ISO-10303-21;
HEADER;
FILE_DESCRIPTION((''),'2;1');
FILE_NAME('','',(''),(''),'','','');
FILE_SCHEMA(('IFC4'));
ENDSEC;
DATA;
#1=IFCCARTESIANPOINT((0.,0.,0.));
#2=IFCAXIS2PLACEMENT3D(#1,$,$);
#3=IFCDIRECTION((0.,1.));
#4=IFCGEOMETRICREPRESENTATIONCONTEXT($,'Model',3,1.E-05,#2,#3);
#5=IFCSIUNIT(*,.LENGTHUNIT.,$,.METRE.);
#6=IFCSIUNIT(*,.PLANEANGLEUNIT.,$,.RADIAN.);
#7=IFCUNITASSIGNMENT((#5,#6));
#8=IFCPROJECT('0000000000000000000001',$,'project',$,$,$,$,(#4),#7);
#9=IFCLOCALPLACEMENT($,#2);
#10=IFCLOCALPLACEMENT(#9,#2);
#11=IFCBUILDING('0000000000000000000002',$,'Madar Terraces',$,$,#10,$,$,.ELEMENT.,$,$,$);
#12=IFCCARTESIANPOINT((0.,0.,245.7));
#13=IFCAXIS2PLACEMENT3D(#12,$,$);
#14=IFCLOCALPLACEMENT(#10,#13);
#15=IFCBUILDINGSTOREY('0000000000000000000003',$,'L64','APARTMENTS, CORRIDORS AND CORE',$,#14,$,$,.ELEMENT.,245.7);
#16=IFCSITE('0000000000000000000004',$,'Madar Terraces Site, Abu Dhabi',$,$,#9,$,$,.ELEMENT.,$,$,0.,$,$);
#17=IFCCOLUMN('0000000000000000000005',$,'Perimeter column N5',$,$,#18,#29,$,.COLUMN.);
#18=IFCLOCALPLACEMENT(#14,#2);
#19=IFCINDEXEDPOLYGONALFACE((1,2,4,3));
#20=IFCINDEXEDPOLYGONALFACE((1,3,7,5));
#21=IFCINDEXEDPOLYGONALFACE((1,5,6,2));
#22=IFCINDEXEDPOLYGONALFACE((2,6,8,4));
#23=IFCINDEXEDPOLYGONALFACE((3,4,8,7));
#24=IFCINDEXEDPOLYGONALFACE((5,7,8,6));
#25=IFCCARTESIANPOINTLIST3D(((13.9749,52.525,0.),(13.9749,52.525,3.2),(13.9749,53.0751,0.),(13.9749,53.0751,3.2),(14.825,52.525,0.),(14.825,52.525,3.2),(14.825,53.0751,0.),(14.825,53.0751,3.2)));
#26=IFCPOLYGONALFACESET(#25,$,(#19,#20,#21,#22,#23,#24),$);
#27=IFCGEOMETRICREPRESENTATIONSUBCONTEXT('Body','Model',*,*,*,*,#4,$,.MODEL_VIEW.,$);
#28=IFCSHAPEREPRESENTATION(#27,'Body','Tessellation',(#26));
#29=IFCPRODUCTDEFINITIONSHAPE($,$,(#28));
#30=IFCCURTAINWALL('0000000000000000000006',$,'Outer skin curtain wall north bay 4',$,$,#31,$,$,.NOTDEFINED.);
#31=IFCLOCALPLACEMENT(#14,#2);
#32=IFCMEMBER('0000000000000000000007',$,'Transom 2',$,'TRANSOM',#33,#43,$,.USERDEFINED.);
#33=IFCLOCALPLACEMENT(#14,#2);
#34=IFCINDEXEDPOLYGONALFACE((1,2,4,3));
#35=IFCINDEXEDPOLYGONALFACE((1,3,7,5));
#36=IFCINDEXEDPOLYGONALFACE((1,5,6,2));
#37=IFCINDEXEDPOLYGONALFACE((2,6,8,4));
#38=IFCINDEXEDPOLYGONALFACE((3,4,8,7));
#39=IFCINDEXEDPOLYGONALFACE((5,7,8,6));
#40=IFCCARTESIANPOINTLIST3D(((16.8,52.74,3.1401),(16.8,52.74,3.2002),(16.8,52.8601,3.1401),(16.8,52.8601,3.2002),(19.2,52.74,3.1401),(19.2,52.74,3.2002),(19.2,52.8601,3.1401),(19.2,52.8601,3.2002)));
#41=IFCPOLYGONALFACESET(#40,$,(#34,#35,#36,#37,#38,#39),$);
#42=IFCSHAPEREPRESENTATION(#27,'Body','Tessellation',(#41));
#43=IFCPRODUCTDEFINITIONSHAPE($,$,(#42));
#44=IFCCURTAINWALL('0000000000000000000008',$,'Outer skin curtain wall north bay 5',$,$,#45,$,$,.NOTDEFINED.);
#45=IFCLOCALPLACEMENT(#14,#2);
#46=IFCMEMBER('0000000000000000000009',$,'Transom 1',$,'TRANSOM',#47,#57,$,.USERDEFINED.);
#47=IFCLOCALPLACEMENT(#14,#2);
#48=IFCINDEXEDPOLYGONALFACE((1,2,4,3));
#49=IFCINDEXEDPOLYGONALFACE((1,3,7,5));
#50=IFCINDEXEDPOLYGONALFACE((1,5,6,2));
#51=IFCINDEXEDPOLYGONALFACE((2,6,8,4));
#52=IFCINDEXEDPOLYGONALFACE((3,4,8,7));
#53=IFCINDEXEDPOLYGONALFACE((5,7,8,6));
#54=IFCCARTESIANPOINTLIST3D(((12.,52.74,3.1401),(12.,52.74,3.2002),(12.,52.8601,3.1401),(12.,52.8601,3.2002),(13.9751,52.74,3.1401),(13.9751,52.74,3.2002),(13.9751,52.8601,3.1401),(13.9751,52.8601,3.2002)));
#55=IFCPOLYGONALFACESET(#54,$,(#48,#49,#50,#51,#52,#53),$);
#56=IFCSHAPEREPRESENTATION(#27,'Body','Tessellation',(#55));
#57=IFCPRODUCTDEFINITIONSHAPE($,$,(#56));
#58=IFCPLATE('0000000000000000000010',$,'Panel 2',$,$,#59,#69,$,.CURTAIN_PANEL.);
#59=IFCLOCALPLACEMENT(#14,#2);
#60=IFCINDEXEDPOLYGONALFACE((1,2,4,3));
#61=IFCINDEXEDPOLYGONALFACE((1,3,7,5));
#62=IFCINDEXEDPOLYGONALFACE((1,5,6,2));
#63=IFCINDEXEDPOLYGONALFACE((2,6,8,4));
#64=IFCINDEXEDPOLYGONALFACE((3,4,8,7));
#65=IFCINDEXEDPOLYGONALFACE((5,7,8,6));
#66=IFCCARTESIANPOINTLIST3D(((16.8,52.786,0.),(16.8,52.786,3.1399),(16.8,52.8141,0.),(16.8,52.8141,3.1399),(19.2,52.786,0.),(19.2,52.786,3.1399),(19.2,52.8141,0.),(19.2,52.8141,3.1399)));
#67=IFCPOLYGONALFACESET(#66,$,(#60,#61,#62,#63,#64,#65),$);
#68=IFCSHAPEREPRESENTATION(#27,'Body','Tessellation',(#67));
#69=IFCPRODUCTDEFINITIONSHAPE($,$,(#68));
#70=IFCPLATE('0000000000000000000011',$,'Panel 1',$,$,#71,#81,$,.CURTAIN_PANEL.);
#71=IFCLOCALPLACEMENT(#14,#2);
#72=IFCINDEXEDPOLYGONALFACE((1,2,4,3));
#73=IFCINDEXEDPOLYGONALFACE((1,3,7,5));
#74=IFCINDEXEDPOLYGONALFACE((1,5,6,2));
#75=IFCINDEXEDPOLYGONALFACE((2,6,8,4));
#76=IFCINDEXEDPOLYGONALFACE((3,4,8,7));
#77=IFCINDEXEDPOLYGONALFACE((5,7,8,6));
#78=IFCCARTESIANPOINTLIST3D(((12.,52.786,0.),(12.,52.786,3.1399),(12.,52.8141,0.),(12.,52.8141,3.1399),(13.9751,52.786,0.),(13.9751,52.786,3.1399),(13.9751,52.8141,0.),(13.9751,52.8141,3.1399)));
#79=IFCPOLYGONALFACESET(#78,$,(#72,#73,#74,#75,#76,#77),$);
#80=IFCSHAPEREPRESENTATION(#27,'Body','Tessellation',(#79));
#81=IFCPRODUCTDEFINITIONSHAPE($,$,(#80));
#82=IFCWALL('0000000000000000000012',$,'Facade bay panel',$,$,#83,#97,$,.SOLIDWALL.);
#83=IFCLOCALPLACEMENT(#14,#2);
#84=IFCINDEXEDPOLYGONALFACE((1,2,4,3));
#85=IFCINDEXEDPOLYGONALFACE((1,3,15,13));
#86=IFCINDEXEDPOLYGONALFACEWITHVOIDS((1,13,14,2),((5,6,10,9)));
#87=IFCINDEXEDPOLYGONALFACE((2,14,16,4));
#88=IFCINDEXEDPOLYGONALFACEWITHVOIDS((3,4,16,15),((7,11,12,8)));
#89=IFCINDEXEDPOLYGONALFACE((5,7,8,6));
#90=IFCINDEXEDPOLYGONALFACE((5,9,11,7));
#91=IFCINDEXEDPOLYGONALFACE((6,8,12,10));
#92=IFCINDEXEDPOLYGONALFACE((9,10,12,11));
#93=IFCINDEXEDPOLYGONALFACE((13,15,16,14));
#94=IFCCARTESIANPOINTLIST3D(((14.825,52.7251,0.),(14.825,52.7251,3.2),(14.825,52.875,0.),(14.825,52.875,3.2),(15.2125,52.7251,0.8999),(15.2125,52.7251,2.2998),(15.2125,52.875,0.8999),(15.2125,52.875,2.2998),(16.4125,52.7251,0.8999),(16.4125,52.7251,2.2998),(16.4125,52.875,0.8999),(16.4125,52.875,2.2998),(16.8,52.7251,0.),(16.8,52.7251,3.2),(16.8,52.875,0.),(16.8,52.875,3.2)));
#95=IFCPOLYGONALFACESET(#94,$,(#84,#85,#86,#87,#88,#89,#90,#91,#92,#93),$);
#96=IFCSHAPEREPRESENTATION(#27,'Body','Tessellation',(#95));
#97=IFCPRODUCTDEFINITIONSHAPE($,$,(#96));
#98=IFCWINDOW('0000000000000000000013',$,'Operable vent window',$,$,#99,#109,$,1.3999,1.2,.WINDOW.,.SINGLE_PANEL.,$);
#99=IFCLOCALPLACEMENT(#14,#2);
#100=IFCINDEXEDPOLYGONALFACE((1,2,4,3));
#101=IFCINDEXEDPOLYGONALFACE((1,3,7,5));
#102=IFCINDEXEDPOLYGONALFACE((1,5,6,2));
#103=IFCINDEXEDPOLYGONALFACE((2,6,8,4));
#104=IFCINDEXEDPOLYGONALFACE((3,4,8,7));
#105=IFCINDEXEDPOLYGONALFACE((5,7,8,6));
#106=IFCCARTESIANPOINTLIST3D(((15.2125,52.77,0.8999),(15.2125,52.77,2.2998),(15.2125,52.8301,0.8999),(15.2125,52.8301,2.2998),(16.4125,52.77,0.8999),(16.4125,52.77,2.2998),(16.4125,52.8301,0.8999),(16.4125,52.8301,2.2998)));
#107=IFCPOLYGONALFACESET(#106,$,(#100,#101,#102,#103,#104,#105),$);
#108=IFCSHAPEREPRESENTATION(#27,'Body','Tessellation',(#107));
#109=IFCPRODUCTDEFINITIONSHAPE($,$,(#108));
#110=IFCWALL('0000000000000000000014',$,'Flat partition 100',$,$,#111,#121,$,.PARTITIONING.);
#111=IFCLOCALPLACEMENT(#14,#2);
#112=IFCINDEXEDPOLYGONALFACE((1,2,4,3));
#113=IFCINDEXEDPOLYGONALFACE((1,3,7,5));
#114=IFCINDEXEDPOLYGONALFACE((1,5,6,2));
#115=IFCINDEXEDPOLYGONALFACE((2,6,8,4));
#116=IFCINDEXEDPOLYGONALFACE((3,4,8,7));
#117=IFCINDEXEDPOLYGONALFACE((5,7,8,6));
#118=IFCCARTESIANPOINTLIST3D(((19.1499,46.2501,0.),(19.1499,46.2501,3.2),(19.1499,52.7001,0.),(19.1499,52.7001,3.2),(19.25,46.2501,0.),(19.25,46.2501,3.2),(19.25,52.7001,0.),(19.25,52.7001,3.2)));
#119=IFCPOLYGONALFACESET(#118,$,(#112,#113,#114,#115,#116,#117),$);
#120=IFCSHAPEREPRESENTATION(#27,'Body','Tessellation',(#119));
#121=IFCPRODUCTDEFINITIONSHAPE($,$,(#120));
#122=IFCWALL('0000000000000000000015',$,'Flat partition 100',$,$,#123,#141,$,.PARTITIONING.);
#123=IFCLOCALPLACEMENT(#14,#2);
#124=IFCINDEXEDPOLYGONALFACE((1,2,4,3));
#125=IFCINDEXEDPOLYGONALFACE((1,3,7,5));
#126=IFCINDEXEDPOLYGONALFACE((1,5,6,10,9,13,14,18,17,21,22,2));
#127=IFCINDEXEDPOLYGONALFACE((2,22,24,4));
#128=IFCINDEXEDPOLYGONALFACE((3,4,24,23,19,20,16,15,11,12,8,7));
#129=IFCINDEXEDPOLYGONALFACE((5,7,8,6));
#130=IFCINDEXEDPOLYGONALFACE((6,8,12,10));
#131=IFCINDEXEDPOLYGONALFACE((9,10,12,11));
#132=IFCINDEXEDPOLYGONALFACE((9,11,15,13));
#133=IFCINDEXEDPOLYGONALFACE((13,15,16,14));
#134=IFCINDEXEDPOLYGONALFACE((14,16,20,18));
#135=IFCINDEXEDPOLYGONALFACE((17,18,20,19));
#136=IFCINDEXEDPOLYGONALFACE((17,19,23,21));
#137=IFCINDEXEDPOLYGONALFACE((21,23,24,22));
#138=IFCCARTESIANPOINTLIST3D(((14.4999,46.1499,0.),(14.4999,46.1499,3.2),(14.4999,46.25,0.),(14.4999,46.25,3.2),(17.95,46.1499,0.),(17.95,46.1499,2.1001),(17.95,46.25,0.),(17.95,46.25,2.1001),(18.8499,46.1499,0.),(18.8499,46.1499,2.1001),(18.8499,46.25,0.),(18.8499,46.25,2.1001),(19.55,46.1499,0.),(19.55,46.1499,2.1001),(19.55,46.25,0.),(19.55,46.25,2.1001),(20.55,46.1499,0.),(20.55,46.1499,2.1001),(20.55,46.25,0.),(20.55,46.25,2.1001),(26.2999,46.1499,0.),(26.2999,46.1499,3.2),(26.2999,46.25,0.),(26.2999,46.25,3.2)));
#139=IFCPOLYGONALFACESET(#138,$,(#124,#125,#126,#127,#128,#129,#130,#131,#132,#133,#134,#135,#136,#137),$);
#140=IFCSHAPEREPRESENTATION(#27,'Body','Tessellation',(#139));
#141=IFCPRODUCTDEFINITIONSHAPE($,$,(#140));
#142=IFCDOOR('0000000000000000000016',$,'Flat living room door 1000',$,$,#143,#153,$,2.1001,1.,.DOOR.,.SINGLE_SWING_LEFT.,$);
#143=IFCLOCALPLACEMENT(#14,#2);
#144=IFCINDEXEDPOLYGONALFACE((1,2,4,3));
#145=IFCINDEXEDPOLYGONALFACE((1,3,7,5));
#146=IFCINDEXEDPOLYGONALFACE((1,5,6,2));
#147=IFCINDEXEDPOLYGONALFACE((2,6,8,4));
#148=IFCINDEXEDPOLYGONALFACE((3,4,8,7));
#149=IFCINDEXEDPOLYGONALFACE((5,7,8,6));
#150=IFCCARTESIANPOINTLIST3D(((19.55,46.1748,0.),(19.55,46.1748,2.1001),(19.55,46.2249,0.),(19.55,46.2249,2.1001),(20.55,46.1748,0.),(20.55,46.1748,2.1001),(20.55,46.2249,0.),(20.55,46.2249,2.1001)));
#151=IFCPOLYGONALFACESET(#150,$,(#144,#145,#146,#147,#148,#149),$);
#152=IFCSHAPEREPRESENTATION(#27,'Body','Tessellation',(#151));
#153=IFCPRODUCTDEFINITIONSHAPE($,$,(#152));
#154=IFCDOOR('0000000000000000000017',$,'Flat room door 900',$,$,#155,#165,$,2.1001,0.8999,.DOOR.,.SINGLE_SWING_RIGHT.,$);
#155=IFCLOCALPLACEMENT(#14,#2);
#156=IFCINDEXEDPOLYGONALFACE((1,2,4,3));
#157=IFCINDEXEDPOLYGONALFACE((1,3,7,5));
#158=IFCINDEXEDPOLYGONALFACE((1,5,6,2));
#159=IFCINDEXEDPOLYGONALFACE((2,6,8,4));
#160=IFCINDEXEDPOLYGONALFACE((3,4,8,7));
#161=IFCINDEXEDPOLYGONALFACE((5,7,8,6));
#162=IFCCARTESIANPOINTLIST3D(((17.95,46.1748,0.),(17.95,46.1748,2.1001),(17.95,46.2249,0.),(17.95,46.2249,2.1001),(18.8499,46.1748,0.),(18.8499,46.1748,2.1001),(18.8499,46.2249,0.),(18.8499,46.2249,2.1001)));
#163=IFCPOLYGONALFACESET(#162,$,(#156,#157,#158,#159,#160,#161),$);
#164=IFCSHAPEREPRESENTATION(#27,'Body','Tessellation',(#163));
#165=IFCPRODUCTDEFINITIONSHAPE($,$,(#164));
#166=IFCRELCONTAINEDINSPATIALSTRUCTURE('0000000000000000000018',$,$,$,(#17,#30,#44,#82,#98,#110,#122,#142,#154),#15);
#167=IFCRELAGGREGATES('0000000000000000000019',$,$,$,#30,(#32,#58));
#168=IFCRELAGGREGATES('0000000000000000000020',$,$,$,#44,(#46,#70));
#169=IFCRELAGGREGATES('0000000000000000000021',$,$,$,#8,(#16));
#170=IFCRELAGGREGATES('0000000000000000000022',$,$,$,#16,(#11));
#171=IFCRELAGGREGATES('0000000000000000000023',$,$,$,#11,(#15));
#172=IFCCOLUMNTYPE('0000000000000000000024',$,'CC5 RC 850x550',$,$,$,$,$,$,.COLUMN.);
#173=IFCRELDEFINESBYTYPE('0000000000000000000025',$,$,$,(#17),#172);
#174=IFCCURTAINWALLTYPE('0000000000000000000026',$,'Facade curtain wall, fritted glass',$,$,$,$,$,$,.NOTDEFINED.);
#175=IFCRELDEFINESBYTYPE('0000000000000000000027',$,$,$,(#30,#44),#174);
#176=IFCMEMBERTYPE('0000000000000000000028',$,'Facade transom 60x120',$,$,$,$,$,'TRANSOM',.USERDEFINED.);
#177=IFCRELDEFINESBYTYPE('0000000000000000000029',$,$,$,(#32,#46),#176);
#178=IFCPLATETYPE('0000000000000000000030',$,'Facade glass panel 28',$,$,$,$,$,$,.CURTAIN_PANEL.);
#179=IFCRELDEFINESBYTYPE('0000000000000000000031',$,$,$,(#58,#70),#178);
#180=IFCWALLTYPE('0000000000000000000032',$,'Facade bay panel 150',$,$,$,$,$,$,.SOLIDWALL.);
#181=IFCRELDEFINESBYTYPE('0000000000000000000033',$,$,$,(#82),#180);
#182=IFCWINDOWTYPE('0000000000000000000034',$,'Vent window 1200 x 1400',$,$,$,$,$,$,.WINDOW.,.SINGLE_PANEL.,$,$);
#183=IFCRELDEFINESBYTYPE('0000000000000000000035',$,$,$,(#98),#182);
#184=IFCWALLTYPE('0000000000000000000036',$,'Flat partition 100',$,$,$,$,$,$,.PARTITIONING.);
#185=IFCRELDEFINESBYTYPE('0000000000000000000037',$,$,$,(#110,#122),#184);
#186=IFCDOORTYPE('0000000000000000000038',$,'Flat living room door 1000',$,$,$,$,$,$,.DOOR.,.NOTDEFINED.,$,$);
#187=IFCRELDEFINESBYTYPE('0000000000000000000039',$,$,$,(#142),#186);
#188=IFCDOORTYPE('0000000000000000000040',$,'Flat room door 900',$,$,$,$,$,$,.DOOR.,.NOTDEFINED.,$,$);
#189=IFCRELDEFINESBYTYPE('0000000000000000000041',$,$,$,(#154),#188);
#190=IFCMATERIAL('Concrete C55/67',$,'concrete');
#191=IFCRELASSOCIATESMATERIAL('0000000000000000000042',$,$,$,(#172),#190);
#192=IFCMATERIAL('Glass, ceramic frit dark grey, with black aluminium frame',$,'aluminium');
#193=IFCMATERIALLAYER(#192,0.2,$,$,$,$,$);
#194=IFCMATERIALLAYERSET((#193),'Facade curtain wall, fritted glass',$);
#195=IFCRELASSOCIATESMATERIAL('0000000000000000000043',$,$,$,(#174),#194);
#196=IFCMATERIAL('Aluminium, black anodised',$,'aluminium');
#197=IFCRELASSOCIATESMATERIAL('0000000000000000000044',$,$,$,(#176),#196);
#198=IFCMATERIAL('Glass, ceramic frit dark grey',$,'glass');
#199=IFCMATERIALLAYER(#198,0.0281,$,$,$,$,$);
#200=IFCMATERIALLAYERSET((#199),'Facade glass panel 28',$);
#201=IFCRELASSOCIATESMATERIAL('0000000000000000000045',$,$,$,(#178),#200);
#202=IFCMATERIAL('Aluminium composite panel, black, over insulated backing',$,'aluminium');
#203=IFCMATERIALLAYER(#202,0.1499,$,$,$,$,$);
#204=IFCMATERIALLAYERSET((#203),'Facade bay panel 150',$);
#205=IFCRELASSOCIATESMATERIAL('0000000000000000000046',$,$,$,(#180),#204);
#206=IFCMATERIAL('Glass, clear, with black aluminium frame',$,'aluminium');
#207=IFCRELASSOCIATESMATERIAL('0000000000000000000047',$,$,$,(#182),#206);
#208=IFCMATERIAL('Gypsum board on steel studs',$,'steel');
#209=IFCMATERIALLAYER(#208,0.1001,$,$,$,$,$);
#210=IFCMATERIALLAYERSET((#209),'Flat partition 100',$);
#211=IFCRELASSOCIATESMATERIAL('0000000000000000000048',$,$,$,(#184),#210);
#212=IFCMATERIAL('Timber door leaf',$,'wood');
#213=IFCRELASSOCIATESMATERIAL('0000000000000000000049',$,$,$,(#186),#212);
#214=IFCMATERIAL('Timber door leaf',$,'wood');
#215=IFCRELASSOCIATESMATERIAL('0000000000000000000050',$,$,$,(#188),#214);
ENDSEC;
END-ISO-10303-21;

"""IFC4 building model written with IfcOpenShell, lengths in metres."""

from ifc_helpers import new_model, si_unit, direction, frame, frame_2d, origin, origin_2d, place, context, subcontext, project, spatial, rectangle, extrude, material, layer, layer_set, material_profile, profile_set, type_object, element, fill, aggregate, save


model = new_model("IFC4")

# Units and contexts
model_context = context("Model", 3, precision=1e-05, world=origin(), true_north=direction((0.0, 1.0)))
body_context = subcontext(model_context, "Body", "Model", "MODEL_VIEW")
ifc_project = project(units=[si_unit("LENGTHUNIT", "METRE"), si_unit("PLANEANGLEUNIT", "RADIAN")], contexts=[model_context])

# Site, building, storey
site_placement = place(None, origin())
site = spatial("IfcSite", under=ifc_project, at=site_placement, Name="Madar Terraces Site, Abu Dhabi", CompositionType="ELEMENT", RefElevation=0.0)
building_placement = place(site_placement, origin())
building = spatial("IfcBuilding", under=site, at=building_placement, Name="Madar Terraces", CompositionType="ELEMENT")
storey_placement = place(building_placement, frame((0.0, 0.0, 245.7)))
storey = spatial("IfcBuildingStorey", under=building, at=storey_placement, Name="L64", Description="APARTMENTS, CORRIDORS AND CORE", CompositionType="ELEMENT", Elevation=245.7)

# Column
ifc_material_1 = material(Name="Concrete C55/67", Category="concrete")
ifc_material_profile_1 = material_profile(ifc_material_1, rectangle(XDim=0.8501, YDim=0.55, at=origin_2d()), Name="CC5 RC 850x550")
ifc_profile_set_1 = profile_set([ifc_material_profile_1], Name="Concrete C55/67")
column_type = type_object("IfcColumnType", Name="CC5 RC 850x550", PredefinedType="COLUMN", material=ifc_profile_set_1)
column_placement = place(storey_placement, frame((14.3999, 52.8, 0.0), z_axis=(0.0, 0.0, 1.0), x_axis=(1.0, 0.0, 0.0)))
element("IfcColumn", 1, at=column_placement, inside=storey, type_object=column_type, Name="Perimeter column N5", PredefinedType="COLUMN", context=body_context, shape_type="SweptSolid", body=[
    extrude(rectangle(XDim=0.8501, YDim=0.55, at=origin_2d()), origin(), (0.0, 0.0, 1.0), 3.2),
])

# Curtain walls, members
ifc_material_2 = material(Name="Glass, ceramic frit dark grey, with black aluminium frame", Category="aluminium")
ifc_layer_1 = layer(ifc_material_2, 0.2)
ifc_layer_set_1 = layer_set([ifc_layer_1], Name="Facade curtain wall, fritted glass")
curtain_wall_type = type_object("IfcCurtainWallType", Name="Facade curtain wall, fritted glass", PredefinedType="NOTDEFINED", material=ifc_layer_set_1)
curtain_wall_1_placement = place(storey_placement, origin())
curtain_wall_1 = element("IfcCurtainWall", 2, at=curtain_wall_1_placement, inside=storey, type_object=curtain_wall_type, Name="Outer skin curtain wall north bay 4", PredefinedType="NOTDEFINED")
ifc_material_3 = material(Name="Aluminium, black anodised", Category="aluminium")
ifc_material_profile_2 = material_profile(ifc_material_3, rectangle(XDim=0.1201, YDim=0.0601, at=origin_2d()), Name="Facade transom 60x120")
ifc_profile_set_2 = profile_set([ifc_material_profile_2], Name="Aluminium, black anodised")
member_type = type_object("IfcMemberType", Name="Facade transom 60x120", ElementType="TRANSOM", PredefinedType="USERDEFINED", material=ifc_profile_set_2)
member_1_placement = place(storey_placement, frame((19.2, 52.8, 3.1702), z_axis=(-1.0, 0.0, 0.0), x_axis=(0.0, -1.0, 0.0)))
member_1 = element("IfcMember", 3, at=member_1_placement, type_object=member_type, Name="Transom 2", ObjectType="TRANSOM", PredefinedType="USERDEFINED", context=body_context, shape_type="SweptSolid", body=[
    extrude(rectangle(XDim=0.1201, YDim=0.0601, at=origin_2d()), origin(), (0.0, 0.0, 1.0), 2.3999),
])
curtain_wall_2_placement = place(storey_placement, origin())
curtain_wall_2 = element("IfcCurtainWall", 4, at=curtain_wall_2_placement, inside=storey, type_object=curtain_wall_type, Name="Outer skin curtain wall north bay 5", PredefinedType="NOTDEFINED")
member_2_placement = place(storey_placement, frame((13.9751, 52.8, 3.1702), z_axis=(-1.0, 0.0, 0.0), x_axis=(0.0, -1.0, 0.0)))
member_2 = element("IfcMember", 5, at=member_2_placement, type_object=member_type, Name="Transom 1", ObjectType="TRANSOM", PredefinedType="USERDEFINED", context=body_context, shape_type="SweptSolid", body=[
    extrude(rectangle(XDim=0.1201, YDim=0.0601, at=origin_2d()), origin(), (0.0, 0.0, 1.0), 1.9751),
])

# Plates
ifc_material_4 = material(Name="Glass, ceramic frit dark grey", Category="glass")
ifc_layer_2 = layer(ifc_material_4, 0.0281)
ifc_layer_set_2 = layer_set([ifc_layer_2], Name="Facade glass panel 28")
plate_type = type_object("IfcPlateType", Name="Facade glass panel 28", PredefinedType="CURTAIN_PANEL", material=ifc_layer_set_2)
plate_1_placement = place(storey_placement, frame((18.0, 52.8, 0.0), z_axis=(0.0, 0.0, 1.0), x_axis=(-1.0, 0.0, 0.0)))
plate_1 = element("IfcPlate", 6, at=plate_1_placement, type_object=plate_type, Name="Panel 2", PredefinedType="CURTAIN_PANEL", context=body_context, shape_type="SweptSolid", body=[
    extrude(rectangle(XDim=2.3999, YDim=0.0281, at=origin_2d()), origin(), (0.0, 0.0, 1.0), 3.1399),
])
aggregate(curtain_wall_1, [member_1, plate_1])
plate_2_placement = place(storey_placement, frame((12.9875, 52.8, 0.0), z_axis=(0.0, 0.0, 1.0), x_axis=(-1.0, 0.0, 0.0)))
plate_2 = element("IfcPlate", 7, at=plate_2_placement, type_object=plate_type, Name="Panel 1", PredefinedType="CURTAIN_PANEL", context=body_context, shape_type="SweptSolid", body=[
    extrude(rectangle(XDim=1.9751, YDim=0.0281, at=origin_2d()), origin(), (0.0, 0.0, 1.0), 3.1399),
])
aggregate(curtain_wall_2, [member_2, plate_2])

# Wall, opening, window
ifc_material_5 = material(Name="Aluminium composite panel, black, over insulated backing", Category="aluminium")
ifc_layer_3 = layer(ifc_material_5, 0.1499)
ifc_layer_set_3 = layer_set([ifc_layer_3], Name="Facade bay panel 150")
wall_type_1 = type_object("IfcWallType", Name="Facade bay panel 150", PredefinedType="SOLIDWALL", material=ifc_layer_set_3)
wall_1_placement = place(storey_placement, frame((16.8, 52.8, 0.0), z_axis=(0.0, 0.0, 1.0), x_axis=(-1.0, 0.0, 0.0)))
wall_1 = element("IfcWall", 8, at=wall_1_placement, inside=storey, type_object=wall_type_1, Name="Facade bay panel", PredefinedType="SOLIDWALL", context=body_context, shape_type="SweptSolid", body=[
    extrude(rectangle(XDim=1.9751, YDim=0.1499, at=frame_2d((0.9875, 0.0))), origin(), (0.0, 0.0, 1.0), 3.2),
])
opening_1_placement = place(wall_1_placement, frame((0.3875, 0.0, 0.8999)))
opening_1 = element("IfcOpeningElement", 9, at=opening_1_placement, cuts=wall_1, PredefinedType="OPENING", context=body_context, shape_type="SweptSolid", body=[
    extrude(rectangle(XDim=1.2, YDim=1.3999, at=frame_2d((0.6001, 0.7))), frame((0.0, 0.085, 0.0), z_axis=(0.0, -1.0, 0.0), x_axis=(1.0, 0.0, 0.0)), (0.0, 0.0, 1.0), 0.1699),
])
ifc_material_6 = material(Name="Glass, clear, with black aluminium frame", Category="aluminium")
window_type = type_object("IfcWindowType", Name="Vent window 1200 x 1400", PartitioningType="SINGLE_PANEL", PredefinedType="WINDOW", material=ifc_material_6)
window_placement = place(opening_1_placement, origin())
window = element("IfcWindow", 10, at=window_placement, inside=storey, type_object=window_type, Name="Operable vent window", OverallHeight=1.3999, OverallWidth=1.2, PartitioningType="SINGLE_PANEL", PredefinedType="WINDOW", context=body_context, shape_type="SweptSolid", body=[
    extrude(rectangle(XDim=1.2, YDim=1.3999, at=frame_2d((0.6001, 0.7))), frame((0.0, 0.03, 0.0), z_axis=(0.0, -1.0, 0.0), x_axis=(1.0, 0.0, 0.0)), (0.0, 0.0, 1.0), 0.0601),
])
fill(opening_1, window)

# Wall
ifc_material_7 = material(Name="Gypsum board on steel studs", Category="steel")
ifc_layer_4 = layer(ifc_material_7, 0.1001)
ifc_layer_set_4 = layer_set([ifc_layer_4], Name="Flat partition 100")
wall_type_2 = type_object("IfcWallType", Name="Flat partition 100", PredefinedType="PARTITIONING", material=ifc_layer_set_4)
wall_2_placement = place(storey_placement, frame((19.2, 46.25, 0.0), z_axis=(0.0, 0.0, 1.0), x_axis=(0.0, 1.0, 0.0)))
element("IfcWall", 11, at=wall_2_placement, inside=storey, type_object=wall_type_2, Name="Flat partition 100", PredefinedType="PARTITIONING", context=body_context, shape_type="SweptSolid", body=[
    extrude(rectangle(XDim=6.45, YDim=0.1001, at=frame_2d((3.2251, 0.0))), origin(), (0.0, 0.0, 1.0), 3.2),
])

# Wall, openings, doors
wall_3_placement = place(storey_placement, frame((14.5, 46.2, 0.0), z_axis=(0.0, 0.0, 1.0), x_axis=(1.0, 0.0, 0.0)))
wall_3 = element("IfcWall", 12, at=wall_3_placement, inside=storey, type_object=wall_type_2, Name="Flat partition 100", PredefinedType="PARTITIONING", context=body_context, shape_type="SweptSolid", body=[
    extrude(rectangle(XDim=11.8, YDim=0.1001, at=frame_2d((5.8999, 0.0))), origin(), (0.0, 0.0, 1.0), 3.2),
])
opening_2_placement = place(wall_3_placement, frame((3.45, 0.0, 0.0)))
opening_2 = element("IfcOpeningElement", 13, at=opening_2_placement, cuts=wall_3, PredefinedType="OPENING", context=body_context, shape_type="SweptSolid", body=[
    extrude(rectangle(XDim=0.8999, YDim=2.1001, at=frame_2d((0.45, 1.05))), frame((0.0, 0.0601, 0.0), z_axis=(0.0, -1.0, 0.0), x_axis=(1.0, 0.0, 0.0)), (0.0, 0.0, 1.0), 0.1201),
])
opening_3_placement = place(wall_3_placement, frame((5.05, 0.0, 0.0)))
opening_3 = element("IfcOpeningElement", 14, at=opening_3_placement, cuts=wall_3, PredefinedType="OPENING", context=body_context, shape_type="SweptSolid", body=[
    extrude(rectangle(XDim=1.0, YDim=2.1001, at=frame_2d((0.5, 1.05))), frame((0.0, 0.0601, 0.0), z_axis=(0.0, -1.0, 0.0), x_axis=(1.0, 0.0, 0.0)), (0.0, 0.0, 1.0), 0.1201),
])
ifc_material_8 = material(Name="Timber door leaf", Category="wood")
door_type_1 = type_object("IfcDoorType", Name="Flat living room door 1000", OperationType="NOTDEFINED", PredefinedType="DOOR", material=ifc_material_8)
door_1_placement = place(opening_3_placement, origin())
door_1 = element("IfcDoor", 15, at=door_1_placement, inside=storey, type_object=door_type_1, Name="Flat living room door 1000", OperationType="SINGLE_SWING_LEFT", OverallHeight=2.1001, OverallWidth=1.0, PredefinedType="DOOR", context=body_context, shape_type="SweptSolid", body=[
    extrude(rectangle(XDim=1.0, YDim=2.1001, at=frame_2d((0.5, 1.05))), frame((0.0, 0.0249, 0.0), z_axis=(0.0, -1.0, 0.0), x_axis=(1.0, 0.0, 0.0)), (0.0, 0.0, 1.0), 0.05),
])
fill(opening_3, door_1)
ifc_material_9 = material(Name="Timber door leaf", Category="wood")
door_type_2 = type_object("IfcDoorType", Name="Flat room door 900", OperationType="NOTDEFINED", PredefinedType="DOOR", material=ifc_material_9)
door_2_placement = place(opening_2_placement, origin())
door_2 = element("IfcDoor", 16, at=door_2_placement, inside=storey, type_object=door_type_2, Name="Flat room door 900", OperationType="SINGLE_SWING_RIGHT", OverallHeight=2.1001, OverallWidth=0.8999, PredefinedType="DOOR", context=body_context, shape_type="SweptSolid", body=[
    extrude(rectangle(XDim=0.8999, YDim=2.1001, at=frame_2d((0.45, 1.05))), frame((0.0, 0.0249, 0.0), z_axis=(0.0, -1.0, 0.0), x_axis=(1.0, 0.0, 0.0)), (0.0, 0.0, 1.0), 0.05),
])
fill(opening_2, door_2)

save(model, "model.ifc")
